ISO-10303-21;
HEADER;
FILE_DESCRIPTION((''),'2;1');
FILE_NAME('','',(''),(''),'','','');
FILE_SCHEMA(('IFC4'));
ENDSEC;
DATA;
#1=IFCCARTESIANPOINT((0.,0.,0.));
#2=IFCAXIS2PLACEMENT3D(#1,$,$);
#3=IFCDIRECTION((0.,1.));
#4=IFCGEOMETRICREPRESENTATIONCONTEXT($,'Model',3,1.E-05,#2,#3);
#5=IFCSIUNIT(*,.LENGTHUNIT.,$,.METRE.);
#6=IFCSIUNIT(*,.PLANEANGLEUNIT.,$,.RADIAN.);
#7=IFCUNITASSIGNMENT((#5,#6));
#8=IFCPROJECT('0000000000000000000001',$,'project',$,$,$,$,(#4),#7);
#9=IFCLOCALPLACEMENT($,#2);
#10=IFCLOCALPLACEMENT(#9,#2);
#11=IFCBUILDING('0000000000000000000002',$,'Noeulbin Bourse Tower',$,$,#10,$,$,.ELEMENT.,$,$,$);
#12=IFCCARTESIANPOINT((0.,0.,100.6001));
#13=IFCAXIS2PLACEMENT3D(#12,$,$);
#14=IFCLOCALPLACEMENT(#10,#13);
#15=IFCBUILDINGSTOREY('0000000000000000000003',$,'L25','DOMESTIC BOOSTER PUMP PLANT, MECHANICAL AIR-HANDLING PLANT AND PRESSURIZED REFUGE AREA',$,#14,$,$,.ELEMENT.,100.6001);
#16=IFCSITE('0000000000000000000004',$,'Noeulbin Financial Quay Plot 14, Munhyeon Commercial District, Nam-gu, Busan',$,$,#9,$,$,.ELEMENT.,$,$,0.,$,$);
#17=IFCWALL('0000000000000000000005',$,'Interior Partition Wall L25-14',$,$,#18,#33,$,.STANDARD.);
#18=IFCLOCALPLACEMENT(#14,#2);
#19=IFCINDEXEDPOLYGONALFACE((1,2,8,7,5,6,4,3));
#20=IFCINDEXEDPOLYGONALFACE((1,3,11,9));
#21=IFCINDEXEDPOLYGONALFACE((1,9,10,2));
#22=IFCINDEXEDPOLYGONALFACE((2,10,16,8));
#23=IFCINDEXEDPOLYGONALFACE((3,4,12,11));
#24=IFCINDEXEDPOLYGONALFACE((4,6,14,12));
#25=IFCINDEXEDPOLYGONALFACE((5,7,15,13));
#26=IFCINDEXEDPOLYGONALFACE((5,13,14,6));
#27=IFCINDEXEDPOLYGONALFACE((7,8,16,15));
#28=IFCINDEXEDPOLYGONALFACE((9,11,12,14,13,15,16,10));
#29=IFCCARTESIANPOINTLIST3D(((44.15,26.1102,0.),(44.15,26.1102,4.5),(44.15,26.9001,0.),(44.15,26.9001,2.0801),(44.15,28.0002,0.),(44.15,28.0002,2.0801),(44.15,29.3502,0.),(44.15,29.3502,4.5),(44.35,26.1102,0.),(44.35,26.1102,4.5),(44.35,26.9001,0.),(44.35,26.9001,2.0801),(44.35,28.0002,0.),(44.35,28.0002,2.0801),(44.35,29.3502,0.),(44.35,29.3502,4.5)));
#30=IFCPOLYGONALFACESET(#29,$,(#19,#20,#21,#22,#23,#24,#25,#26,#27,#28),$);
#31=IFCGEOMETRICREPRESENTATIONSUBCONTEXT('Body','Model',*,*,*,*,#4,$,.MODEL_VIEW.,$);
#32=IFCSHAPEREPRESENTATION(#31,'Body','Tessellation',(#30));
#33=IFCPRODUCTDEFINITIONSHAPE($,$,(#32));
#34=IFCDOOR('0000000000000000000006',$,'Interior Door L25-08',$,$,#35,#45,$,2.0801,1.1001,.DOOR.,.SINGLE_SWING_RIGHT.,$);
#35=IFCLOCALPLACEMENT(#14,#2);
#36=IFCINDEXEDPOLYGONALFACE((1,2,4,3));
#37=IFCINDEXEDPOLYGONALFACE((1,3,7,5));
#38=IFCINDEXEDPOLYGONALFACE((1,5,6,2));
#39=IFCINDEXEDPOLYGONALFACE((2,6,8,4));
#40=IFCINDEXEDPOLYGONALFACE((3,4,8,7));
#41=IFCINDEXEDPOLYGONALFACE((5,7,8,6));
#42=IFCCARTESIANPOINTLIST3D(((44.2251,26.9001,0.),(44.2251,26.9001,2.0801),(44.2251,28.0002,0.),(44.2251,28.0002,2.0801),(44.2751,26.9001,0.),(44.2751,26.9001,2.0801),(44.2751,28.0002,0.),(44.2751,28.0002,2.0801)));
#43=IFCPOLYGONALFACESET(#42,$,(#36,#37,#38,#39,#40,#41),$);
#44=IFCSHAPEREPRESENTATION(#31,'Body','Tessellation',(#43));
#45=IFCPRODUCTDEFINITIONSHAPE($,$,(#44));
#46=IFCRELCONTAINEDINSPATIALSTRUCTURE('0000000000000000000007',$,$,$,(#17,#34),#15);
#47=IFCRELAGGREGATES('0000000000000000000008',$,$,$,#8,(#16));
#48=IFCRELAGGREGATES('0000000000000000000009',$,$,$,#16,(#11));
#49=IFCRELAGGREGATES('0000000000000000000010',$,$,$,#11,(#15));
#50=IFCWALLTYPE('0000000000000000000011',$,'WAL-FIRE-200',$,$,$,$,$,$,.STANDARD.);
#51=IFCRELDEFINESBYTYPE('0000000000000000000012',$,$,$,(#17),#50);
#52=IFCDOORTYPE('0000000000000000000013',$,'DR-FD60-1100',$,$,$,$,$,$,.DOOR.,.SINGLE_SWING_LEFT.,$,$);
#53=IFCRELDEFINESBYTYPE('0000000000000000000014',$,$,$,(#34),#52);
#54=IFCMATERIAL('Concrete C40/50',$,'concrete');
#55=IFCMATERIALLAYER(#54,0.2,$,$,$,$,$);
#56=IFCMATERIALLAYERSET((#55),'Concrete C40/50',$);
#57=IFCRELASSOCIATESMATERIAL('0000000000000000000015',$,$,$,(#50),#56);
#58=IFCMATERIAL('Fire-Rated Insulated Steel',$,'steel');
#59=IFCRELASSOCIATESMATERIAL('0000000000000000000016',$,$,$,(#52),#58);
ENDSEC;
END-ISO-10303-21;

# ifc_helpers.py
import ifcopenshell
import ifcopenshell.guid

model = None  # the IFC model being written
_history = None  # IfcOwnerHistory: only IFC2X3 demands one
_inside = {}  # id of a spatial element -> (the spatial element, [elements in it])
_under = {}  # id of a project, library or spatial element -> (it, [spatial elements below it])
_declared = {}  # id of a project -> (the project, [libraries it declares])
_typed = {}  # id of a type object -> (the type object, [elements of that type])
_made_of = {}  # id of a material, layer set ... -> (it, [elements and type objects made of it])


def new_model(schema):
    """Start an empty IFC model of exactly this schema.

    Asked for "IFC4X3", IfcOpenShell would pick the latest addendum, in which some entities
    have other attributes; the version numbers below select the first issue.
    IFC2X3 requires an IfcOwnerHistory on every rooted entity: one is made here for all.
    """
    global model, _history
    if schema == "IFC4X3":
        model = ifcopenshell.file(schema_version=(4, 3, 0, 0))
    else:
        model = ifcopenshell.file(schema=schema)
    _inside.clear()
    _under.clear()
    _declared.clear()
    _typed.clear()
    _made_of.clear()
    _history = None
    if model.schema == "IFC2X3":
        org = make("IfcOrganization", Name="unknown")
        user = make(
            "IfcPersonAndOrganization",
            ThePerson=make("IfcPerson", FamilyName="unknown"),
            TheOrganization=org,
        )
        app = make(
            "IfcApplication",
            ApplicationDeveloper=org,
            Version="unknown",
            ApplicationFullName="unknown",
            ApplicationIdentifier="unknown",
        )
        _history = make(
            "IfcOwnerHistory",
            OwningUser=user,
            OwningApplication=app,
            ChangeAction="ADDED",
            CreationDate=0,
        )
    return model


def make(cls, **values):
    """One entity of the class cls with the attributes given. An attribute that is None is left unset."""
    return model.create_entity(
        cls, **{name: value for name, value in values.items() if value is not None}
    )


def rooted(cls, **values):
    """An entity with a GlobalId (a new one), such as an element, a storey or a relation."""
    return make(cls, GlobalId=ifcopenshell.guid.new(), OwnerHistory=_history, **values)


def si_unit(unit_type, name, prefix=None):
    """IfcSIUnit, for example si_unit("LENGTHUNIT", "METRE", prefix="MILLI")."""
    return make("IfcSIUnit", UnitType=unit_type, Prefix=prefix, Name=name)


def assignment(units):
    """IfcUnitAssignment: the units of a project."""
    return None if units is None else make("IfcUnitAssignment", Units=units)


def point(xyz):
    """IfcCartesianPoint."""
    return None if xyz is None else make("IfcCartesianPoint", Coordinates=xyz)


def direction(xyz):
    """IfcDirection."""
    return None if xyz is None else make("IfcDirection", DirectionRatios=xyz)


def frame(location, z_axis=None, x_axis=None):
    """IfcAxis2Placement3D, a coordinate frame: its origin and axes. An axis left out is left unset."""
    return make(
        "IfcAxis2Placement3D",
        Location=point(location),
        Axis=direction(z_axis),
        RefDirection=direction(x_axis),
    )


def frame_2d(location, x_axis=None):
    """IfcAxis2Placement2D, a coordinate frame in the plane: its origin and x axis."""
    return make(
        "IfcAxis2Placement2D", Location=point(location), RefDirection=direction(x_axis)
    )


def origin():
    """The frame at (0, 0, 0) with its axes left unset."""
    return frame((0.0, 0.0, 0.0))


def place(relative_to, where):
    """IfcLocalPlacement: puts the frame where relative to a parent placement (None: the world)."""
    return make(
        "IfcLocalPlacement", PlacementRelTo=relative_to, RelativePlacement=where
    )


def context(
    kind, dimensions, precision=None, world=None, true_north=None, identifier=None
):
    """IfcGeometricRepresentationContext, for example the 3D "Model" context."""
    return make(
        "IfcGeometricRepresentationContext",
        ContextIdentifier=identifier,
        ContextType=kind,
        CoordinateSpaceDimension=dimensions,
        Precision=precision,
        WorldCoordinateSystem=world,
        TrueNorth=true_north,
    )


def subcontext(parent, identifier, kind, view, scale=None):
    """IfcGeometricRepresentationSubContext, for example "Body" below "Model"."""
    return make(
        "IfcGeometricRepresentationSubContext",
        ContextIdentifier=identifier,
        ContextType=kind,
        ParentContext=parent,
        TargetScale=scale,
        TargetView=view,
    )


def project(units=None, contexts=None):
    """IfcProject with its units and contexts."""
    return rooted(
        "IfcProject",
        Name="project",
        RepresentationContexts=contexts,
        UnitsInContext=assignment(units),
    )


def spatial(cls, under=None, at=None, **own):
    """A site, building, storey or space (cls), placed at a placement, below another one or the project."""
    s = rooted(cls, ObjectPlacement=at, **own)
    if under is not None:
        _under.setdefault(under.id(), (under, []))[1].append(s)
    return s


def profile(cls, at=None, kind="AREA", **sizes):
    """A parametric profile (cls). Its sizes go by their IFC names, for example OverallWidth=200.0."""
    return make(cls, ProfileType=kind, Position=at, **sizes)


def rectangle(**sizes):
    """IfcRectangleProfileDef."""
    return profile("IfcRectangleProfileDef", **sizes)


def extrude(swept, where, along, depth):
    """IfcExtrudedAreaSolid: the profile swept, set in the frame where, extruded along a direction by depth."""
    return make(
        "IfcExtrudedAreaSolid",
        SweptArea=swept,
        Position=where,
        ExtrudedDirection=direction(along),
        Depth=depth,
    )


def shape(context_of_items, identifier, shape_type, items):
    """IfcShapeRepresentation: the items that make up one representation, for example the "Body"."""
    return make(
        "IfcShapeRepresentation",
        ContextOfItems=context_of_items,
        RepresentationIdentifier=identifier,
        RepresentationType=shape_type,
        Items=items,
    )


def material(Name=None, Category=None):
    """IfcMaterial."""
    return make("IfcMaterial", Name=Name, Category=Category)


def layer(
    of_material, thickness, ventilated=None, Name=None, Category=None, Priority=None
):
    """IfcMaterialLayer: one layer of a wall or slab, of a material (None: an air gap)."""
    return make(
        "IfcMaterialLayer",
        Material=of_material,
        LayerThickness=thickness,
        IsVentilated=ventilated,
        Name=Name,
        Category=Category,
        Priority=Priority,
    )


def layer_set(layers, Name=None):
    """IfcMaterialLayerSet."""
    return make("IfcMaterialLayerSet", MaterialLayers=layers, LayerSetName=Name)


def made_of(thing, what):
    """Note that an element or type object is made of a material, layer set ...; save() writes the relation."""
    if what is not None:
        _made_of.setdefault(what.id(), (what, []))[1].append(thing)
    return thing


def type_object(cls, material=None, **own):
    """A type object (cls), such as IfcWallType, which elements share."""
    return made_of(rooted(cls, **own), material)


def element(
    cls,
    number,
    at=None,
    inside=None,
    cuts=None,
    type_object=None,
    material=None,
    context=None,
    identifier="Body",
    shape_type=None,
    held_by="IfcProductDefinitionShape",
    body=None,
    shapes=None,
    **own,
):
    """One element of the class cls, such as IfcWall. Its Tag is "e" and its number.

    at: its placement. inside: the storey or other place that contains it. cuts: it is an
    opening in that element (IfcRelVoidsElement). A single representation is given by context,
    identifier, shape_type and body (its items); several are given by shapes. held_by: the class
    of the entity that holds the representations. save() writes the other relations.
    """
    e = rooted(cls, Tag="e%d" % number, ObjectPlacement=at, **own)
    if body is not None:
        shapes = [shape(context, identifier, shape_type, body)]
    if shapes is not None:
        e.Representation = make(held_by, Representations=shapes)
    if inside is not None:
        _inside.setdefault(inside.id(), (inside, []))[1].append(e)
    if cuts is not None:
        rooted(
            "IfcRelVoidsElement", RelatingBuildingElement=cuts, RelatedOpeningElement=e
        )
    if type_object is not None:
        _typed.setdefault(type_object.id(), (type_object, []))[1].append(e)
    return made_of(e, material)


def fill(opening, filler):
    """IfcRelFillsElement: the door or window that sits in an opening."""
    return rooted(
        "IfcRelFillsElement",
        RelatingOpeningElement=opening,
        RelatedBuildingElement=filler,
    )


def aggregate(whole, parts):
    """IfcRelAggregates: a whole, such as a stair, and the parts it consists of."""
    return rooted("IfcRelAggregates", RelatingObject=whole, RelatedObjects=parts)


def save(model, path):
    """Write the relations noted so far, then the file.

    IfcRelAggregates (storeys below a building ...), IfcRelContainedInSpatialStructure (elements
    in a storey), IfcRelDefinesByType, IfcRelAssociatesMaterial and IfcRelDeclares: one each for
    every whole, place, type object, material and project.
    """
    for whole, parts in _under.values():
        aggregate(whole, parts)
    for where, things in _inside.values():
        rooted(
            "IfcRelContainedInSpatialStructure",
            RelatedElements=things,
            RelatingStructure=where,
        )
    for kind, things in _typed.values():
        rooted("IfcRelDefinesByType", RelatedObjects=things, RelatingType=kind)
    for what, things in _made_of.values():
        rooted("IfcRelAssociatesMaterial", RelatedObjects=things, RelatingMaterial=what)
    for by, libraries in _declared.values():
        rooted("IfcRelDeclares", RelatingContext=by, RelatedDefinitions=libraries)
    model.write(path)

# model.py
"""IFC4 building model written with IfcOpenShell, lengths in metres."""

from ifc_helpers import new_model, si_unit, direction, frame, frame_2d, origin, place, context, subcontext, project, spatial, rectangle, extrude, material, layer, layer_set, type_object, element, fill, save


model = new_model("IFC4")

# Units and contexts
model_context = context("Model", 3, precision=1e-05, world=origin(), true_north=direction((0.0, 1.0)))
body_context = subcontext(model_context, "Body", "Model", "MODEL_VIEW")
ifc_project = project(units=[si_unit("LENGTHUNIT", "METRE"), si_unit("PLANEANGLEUNIT", "RADIAN")], contexts=[model_context])

# Site, building, storey
site_placement = place(None, origin())
site = spatial("IfcSite", under=ifc_project, at=site_placement, Name="Noeulbin Financial Quay Plot 14, Munhyeon Commercial District, Nam-gu, Busan", CompositionType="ELEMENT", RefElevation=0.0)
building_placement = place(site_placement, origin())
building = spatial("IfcBuilding", under=site, at=building_placement, Name="Noeulbin Bourse Tower", CompositionType="ELEMENT")
storey_placement = place(building_placement, frame((0.0, 0.0, 100.6001)))
storey = spatial("IfcBuildingStorey", under=building, at=storey_placement, Name="L25", Description="DOMESTIC BOOSTER PUMP PLANT, MECHANICAL AIR-HANDLING PLANT AND PRESSURIZED REFUGE AREA", CompositionType="ELEMENT", Elevation=100.6001)

# Wall, opening, door
ifc_material_1 = material(Name="Concrete C40/50", Category="concrete")
ifc_layer_1 = layer(ifc_material_1, 0.2)
ifc_layer_set_1 = layer_set([ifc_layer_1], Name="Concrete C40/50")
wall_type = type_object("IfcWallType", Name="WAL-FIRE-200", PredefinedType="STANDARD", material=ifc_layer_set_1)
wall_placement = place(storey_placement, frame((44.25, 26.1101, 0.0), z_axis=(0.0, 0.0, 1.0), x_axis=(0.0, 1.0, 0.0)))
wall = element("IfcWall", 1, at=wall_placement, inside=storey, type_object=wall_type, Name="Interior Partition Wall L25-14", PredefinedType="STANDARD", context=body_context, shape_type="SweptSolid", body=[
    extrude(rectangle(XDim=3.24, YDim=0.2, at=frame_2d((1.6201, 0.0))), origin(), (0.0, 0.0, 1.0), 4.5),
])
opening_placement = place(wall_placement, frame((0.79, 0.0, 0.0)))
opening = element("IfcOpeningElement", 2, at=opening_placement, cuts=wall, PredefinedType="OPENING", context=body_context, shape_type="SweptSolid", body=[
    extrude(rectangle(XDim=1.1001, YDim=2.0801, at=frame_2d((0.55, 1.04))), frame((0.0, 0.1099, 0.0), z_axis=(0.0, -1.0, 0.0), x_axis=(1.0, 0.0, 0.0)), (0.0, 0.0, 1.0), 0.22),
])
ifc_material_2 = material(Name="Fire-Rated Insulated Steel", Category="steel")
door_type = type_object("IfcDoorType", Name="DR-FD60-1100", OperationType="SINGLE_SWING_LEFT", PredefinedType="DOOR", material=ifc_material_2)
door_placement = place(opening_placement, origin())
door = element("IfcDoor", 3, at=door_placement, inside=storey, type_object=door_type, Name="Interior Door L25-08", OperationType="SINGLE_SWING_RIGHT", OverallHeight=2.0801, OverallWidth=1.1001, PredefinedType="DOOR", context=body_context, shape_type="SweptSolid", body=[
    extrude(rectangle(XDim=1.1001, YDim=2.0801, at=frame_2d((0.55, 1.04))), frame((0.0, 0.0249, 0.0), z_axis=(0.0, -1.0, 0.0), x_axis=(1.0, 0.0, 0.0)), (0.0, 0.0, 1.0), 0.05),
])
fill(opening, door)

save(model, "model.ifc")
